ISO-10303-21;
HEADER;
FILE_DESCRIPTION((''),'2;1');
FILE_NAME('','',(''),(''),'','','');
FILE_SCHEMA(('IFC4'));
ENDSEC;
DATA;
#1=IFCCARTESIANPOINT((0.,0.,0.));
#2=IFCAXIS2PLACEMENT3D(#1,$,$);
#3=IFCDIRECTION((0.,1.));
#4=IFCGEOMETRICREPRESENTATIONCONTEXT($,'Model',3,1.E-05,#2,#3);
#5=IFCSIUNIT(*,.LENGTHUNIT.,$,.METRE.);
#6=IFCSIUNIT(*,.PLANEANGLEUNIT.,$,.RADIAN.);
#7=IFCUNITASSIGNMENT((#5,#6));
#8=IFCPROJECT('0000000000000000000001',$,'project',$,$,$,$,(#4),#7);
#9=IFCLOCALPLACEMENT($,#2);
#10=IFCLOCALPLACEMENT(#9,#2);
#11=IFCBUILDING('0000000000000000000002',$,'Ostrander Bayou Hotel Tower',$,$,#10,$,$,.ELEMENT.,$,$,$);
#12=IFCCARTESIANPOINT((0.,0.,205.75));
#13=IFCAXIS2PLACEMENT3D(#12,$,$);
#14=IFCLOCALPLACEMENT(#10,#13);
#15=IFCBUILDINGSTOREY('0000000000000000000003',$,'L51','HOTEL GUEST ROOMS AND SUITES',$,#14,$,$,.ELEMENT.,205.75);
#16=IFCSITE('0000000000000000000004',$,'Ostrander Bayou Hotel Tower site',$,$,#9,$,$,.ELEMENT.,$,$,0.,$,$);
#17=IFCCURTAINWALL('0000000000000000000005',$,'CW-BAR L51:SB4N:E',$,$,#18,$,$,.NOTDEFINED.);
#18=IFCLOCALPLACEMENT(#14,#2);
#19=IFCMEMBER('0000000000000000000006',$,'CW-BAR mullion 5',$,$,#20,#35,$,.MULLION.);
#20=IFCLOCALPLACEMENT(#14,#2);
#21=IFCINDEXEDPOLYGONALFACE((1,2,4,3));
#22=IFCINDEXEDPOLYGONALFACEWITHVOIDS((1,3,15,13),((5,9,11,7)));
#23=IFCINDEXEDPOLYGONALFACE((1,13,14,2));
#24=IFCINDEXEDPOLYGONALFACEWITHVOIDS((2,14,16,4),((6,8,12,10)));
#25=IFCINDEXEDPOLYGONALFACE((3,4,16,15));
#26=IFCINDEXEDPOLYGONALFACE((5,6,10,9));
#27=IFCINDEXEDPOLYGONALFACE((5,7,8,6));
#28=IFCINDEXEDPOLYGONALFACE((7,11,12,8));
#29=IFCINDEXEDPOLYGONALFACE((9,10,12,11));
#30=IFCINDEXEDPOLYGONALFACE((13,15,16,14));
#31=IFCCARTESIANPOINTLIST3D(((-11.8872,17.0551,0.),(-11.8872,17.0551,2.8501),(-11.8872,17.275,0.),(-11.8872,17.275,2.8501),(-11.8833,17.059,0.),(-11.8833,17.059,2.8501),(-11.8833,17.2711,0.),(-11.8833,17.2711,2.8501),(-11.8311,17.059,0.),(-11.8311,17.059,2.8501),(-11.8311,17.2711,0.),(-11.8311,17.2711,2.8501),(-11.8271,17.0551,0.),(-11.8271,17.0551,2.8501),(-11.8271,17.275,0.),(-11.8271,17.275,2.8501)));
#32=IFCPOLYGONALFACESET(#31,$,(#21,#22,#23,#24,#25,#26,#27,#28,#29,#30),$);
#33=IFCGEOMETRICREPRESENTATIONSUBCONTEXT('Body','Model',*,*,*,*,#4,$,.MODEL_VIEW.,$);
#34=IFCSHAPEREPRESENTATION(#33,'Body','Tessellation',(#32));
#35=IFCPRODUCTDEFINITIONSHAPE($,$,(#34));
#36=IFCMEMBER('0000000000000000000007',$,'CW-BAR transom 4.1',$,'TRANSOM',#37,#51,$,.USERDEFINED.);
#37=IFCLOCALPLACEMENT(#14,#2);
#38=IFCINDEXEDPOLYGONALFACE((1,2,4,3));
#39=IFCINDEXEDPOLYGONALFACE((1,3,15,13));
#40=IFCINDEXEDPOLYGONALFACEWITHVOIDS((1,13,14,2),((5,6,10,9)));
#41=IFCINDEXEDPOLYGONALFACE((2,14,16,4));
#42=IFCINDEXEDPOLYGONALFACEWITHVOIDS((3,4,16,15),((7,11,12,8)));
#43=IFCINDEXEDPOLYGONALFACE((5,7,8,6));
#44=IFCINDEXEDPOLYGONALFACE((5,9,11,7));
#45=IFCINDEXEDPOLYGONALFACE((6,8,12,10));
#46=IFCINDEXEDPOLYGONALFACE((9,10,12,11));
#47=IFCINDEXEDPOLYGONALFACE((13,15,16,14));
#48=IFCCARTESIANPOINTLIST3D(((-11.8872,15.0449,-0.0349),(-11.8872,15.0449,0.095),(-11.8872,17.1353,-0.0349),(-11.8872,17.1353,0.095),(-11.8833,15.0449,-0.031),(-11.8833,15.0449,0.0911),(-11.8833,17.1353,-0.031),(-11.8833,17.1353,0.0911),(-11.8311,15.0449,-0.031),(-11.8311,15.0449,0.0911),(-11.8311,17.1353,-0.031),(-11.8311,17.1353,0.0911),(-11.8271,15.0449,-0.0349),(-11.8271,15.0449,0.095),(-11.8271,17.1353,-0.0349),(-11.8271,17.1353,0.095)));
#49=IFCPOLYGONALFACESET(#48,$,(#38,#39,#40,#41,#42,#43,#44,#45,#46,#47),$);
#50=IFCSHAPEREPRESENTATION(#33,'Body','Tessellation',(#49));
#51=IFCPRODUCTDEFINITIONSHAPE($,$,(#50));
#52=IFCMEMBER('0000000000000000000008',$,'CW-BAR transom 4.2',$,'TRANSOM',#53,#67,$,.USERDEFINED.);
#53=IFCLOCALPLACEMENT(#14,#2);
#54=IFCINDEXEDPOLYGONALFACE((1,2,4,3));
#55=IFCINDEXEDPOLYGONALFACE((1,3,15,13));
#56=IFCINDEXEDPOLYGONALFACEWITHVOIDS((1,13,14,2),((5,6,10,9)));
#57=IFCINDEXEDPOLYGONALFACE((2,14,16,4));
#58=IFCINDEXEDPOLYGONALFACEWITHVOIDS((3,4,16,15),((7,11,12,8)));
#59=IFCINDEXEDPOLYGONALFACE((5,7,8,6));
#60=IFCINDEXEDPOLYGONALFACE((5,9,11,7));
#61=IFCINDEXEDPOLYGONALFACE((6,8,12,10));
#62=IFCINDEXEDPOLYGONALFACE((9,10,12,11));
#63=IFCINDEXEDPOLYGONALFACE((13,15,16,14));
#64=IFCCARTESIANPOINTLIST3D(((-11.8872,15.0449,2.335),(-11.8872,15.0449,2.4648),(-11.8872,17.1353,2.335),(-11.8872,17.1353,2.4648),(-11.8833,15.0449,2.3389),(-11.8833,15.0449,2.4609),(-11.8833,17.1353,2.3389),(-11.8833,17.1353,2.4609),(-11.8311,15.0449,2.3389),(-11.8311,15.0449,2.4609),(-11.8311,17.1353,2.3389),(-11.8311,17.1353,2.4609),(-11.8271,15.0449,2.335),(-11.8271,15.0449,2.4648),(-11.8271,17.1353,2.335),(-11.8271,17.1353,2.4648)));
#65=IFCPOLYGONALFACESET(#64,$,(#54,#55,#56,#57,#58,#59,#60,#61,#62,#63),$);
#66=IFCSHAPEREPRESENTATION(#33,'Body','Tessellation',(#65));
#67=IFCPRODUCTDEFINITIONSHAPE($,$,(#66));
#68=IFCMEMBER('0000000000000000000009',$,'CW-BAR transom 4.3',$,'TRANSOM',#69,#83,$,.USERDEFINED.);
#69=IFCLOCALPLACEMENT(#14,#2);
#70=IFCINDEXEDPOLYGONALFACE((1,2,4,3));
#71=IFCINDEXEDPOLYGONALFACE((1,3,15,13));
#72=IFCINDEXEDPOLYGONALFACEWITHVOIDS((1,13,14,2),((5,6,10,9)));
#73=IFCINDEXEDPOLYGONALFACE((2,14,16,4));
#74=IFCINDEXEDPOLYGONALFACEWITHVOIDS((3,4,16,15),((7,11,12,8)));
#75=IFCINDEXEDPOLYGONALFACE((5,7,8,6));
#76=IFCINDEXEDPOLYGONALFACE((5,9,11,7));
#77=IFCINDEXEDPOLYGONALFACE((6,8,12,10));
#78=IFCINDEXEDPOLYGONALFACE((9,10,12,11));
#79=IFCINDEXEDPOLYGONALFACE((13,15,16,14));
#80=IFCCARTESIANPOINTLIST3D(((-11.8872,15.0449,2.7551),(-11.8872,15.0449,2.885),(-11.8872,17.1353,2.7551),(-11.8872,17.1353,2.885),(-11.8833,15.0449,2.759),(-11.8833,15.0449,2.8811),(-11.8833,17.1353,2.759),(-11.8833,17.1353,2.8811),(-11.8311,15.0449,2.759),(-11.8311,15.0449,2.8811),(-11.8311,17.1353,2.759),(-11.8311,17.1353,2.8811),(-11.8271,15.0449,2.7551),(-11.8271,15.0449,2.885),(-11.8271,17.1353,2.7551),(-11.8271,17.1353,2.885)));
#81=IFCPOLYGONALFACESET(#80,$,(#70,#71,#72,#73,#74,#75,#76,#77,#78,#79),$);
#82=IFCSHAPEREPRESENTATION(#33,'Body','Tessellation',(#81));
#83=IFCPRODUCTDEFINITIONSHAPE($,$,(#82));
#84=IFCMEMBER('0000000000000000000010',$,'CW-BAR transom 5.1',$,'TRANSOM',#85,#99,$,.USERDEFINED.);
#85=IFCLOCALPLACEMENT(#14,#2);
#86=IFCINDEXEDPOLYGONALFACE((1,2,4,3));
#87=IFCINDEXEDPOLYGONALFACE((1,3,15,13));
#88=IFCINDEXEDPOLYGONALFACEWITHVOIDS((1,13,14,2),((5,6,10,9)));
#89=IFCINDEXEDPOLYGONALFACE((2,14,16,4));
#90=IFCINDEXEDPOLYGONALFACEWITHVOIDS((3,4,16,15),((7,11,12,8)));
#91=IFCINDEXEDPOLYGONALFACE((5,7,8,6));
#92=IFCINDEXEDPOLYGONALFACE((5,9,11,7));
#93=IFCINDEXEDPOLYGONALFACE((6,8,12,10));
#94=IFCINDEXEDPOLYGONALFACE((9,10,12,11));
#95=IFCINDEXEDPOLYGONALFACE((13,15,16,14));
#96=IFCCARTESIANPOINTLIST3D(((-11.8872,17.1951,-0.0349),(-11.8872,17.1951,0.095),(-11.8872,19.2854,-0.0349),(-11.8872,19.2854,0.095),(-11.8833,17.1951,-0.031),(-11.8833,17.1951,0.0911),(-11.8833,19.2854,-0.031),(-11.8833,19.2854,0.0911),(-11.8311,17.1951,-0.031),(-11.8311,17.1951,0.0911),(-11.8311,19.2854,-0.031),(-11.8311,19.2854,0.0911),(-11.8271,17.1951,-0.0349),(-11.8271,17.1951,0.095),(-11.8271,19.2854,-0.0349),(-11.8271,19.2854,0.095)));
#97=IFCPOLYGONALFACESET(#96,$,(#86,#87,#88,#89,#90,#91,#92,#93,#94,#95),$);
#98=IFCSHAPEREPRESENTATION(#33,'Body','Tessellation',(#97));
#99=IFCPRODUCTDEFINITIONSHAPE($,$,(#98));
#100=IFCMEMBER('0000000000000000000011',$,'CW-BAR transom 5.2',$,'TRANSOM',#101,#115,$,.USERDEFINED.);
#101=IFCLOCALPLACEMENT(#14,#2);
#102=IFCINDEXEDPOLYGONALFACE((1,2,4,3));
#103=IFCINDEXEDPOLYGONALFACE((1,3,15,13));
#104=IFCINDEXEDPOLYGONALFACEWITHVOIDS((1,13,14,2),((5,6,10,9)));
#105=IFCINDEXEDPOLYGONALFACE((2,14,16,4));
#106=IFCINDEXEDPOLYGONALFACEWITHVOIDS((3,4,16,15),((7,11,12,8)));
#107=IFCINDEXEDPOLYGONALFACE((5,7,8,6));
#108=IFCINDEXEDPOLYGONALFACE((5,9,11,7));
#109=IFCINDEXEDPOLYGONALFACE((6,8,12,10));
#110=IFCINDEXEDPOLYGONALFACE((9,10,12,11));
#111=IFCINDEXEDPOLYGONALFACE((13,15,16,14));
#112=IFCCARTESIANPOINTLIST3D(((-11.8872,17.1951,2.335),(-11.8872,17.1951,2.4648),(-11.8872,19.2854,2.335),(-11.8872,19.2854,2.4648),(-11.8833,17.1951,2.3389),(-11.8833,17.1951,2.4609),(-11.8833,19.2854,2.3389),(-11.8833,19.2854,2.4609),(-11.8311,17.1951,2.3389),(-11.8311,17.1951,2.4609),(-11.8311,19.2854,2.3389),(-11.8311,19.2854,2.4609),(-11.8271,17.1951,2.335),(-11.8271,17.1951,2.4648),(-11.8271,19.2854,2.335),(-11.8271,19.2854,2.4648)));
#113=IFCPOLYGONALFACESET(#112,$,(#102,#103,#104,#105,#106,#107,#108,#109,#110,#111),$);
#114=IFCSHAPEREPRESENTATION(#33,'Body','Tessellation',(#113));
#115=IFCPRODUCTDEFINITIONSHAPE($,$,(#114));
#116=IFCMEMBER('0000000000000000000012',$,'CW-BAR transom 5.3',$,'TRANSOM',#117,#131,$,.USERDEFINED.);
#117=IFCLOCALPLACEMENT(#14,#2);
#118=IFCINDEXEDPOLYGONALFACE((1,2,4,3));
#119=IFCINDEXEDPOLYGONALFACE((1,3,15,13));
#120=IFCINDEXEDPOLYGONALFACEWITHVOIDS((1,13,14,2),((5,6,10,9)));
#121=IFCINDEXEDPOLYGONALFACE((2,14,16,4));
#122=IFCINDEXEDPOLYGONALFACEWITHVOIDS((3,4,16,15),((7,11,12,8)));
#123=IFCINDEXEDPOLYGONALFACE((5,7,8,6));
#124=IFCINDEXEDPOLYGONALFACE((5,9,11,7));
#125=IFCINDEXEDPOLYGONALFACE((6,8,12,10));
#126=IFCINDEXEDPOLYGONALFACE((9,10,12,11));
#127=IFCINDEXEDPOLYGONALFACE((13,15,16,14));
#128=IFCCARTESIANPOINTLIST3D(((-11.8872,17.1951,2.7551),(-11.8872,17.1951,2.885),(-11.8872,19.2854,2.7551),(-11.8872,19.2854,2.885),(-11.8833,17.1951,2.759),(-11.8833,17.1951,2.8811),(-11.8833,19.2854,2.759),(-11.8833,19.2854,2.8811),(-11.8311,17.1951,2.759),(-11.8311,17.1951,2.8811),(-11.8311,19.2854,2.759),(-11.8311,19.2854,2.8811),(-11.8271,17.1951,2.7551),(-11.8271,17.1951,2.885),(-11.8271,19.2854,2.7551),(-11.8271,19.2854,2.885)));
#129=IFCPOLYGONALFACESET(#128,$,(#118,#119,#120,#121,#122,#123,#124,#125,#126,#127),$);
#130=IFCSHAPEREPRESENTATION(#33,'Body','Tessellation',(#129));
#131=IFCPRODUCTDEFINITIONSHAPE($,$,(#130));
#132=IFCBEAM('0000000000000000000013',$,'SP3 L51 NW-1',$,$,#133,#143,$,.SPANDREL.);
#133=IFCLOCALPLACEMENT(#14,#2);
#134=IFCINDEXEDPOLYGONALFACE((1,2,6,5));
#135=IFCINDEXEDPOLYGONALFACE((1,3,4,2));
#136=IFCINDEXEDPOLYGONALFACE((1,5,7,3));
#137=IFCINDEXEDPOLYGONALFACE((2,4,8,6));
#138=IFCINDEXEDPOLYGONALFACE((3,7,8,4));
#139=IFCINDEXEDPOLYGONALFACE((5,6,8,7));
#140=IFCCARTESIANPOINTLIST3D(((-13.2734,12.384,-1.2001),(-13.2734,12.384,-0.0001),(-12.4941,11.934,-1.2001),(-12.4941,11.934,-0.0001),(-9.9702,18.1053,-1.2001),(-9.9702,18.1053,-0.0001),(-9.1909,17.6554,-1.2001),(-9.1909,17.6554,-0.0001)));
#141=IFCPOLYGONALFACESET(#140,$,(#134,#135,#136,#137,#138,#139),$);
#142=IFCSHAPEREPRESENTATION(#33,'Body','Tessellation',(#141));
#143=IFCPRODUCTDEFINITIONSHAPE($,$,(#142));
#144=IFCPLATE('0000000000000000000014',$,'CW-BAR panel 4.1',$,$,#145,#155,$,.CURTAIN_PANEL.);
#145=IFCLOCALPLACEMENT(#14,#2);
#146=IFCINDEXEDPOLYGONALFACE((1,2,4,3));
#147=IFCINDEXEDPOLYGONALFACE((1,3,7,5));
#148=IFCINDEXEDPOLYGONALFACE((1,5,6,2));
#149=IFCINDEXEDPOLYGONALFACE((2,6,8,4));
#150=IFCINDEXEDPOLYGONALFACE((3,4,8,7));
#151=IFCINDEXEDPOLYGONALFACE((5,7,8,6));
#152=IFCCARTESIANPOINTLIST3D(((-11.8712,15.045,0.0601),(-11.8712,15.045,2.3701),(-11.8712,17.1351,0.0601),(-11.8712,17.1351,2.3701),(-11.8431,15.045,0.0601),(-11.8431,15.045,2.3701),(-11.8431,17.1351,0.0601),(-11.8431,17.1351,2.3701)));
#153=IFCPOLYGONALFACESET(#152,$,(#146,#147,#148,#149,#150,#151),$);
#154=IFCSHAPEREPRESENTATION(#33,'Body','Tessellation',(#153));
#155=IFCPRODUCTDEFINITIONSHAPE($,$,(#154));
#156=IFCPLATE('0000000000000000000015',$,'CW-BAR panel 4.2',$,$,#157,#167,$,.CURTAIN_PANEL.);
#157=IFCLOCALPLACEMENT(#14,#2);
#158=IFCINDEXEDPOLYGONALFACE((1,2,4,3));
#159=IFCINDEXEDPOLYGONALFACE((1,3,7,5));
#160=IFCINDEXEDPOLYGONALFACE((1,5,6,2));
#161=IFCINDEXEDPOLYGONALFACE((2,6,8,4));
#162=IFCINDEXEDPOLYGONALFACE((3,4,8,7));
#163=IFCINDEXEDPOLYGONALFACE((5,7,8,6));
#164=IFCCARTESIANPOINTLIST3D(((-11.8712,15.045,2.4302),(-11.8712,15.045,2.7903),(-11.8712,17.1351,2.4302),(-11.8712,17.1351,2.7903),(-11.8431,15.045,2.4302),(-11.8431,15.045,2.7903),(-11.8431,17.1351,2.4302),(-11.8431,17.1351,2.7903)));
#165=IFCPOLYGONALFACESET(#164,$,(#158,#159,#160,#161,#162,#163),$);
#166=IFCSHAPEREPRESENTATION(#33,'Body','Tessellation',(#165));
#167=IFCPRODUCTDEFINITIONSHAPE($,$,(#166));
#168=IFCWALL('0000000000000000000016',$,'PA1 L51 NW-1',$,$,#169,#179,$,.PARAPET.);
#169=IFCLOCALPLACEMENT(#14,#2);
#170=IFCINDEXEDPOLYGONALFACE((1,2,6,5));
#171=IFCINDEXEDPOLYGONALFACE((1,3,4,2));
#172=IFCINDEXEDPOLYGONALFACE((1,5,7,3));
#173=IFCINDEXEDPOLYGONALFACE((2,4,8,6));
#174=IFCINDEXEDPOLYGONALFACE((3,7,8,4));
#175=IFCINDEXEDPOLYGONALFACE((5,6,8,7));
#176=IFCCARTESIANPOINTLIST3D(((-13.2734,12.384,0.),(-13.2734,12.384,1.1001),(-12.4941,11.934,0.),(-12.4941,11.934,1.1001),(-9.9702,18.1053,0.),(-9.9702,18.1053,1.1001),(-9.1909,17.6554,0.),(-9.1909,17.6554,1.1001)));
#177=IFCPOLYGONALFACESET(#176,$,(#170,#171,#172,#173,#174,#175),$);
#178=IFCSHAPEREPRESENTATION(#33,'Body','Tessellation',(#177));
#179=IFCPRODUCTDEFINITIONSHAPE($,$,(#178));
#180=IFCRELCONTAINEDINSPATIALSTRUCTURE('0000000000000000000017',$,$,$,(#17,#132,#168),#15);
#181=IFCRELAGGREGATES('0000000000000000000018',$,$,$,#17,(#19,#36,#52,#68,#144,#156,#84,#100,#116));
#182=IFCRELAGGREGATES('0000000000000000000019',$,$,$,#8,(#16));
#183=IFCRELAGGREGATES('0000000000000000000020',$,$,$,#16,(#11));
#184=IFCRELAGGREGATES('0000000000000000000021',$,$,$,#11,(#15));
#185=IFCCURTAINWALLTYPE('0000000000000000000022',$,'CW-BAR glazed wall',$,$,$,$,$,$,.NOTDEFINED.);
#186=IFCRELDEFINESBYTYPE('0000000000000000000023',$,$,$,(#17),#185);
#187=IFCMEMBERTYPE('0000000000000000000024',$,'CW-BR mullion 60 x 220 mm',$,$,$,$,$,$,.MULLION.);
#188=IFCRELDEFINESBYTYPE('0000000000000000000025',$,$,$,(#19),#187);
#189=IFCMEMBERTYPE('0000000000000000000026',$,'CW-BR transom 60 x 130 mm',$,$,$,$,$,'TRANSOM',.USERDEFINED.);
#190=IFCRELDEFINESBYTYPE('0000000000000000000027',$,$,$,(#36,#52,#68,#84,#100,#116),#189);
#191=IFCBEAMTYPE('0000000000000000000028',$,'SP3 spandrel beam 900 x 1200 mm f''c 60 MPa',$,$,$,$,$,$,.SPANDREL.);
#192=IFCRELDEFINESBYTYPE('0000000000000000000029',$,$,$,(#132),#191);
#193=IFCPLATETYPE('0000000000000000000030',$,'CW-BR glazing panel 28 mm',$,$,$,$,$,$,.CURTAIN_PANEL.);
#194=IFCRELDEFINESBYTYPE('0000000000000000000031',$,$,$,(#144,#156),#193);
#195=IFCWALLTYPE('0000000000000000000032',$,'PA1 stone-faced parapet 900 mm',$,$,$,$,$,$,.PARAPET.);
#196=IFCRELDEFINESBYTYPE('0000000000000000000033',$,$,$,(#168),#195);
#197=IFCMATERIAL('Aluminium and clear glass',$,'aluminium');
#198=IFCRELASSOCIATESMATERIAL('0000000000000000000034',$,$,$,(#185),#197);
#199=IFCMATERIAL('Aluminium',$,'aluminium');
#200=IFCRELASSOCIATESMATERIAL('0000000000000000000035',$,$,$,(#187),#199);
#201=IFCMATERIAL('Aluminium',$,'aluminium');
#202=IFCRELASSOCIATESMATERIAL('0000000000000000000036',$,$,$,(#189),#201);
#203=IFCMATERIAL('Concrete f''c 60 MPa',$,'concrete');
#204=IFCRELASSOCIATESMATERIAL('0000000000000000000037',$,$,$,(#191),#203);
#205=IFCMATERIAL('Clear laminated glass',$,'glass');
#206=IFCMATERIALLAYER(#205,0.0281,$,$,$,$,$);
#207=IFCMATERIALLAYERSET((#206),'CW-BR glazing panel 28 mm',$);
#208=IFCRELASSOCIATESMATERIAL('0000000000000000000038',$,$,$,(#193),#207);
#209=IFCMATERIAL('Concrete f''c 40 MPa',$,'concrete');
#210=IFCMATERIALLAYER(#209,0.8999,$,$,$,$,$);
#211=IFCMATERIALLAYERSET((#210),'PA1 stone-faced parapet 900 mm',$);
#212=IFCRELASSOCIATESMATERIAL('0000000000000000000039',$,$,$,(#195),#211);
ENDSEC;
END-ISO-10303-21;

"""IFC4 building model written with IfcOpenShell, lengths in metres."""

from ifc_helpers import new_model, si_unit, direction, frame, frame_2d, origin, origin_2d, place, context, subcontext, project, spatial, rectangle, hollow_rectangle, extrude, material, layer, layer_set, material_profile, profile_set, type_object, element, aggregate, save


model = new_model("IFC4")

# Units and contexts
model_context = context("Model", 3, precision=1e-05, world=origin(), true_north=direction((0.0, 1.0)))
body_context = subcontext(model_context, "Body", "Model", "MODEL_VIEW")
ifc_project = project(units=[si_unit("LENGTHUNIT", "METRE"), si_unit("PLANEANGLEUNIT", "RADIAN")], contexts=[model_context])

# Site, building, storey
site_placement = place(None, origin())
site = spatial("IfcSite", under=ifc_project, at=site_placement, Name="Ostrander Bayou Hotel Tower site", CompositionType="ELEMENT", RefElevation=0.0)
building_placement = place(site_placement, origin())
building = spatial("IfcBuilding", under=site, at=building_placement, Name="Ostrander Bayou Hotel Tower", CompositionType="ELEMENT")
storey_placement = place(building_placement, frame((0.0, 0.0, 205.75)))
storey = spatial("IfcBuildingStorey", under=building, at=storey_placement, Name="L51", Description="HOTEL GUEST ROOMS AND SUITES", CompositionType="ELEMENT", Elevation=205.75)

# Curtain wall, members
ifc_material_1 = material(Name="Aluminium and clear glass", Category="aluminium")
curtain_wall_type = type_object("IfcCurtainWallType", Name="CW-BAR glazed wall", PredefinedType="NOTDEFINED", material=ifc_material_1)
curtain_wall_placement = place(storey_placement, origin())
curtain_wall = element("IfcCurtainWall", 1, at=curtain_wall_placement, inside=storey, type_object=curtain_wall_type, Name="CW-BAR L51:SB4N:E", PredefinedType="NOTDEFINED")
ifc_material_2 = material(Name="Aluminium", Category="aluminium")
ifc_material_profile_1 = material_profile(ifc_material_2, hollow_rectangle(XDim=0.0601, YDim=0.22, WallThickness=0.0039, at=origin_2d()))
ifc_profile_set_1 = profile_set([ifc_material_profile_1], Name="Aluminium")
member_type_1 = type_object("IfcMemberType", Name="CW-BR mullion 60 x 220 mm", PredefinedType="MULLION", material=ifc_profile_set_1)
member_1_placement = place(storey_placement, frame((-11.8572, 17.165, 0.0), z_axis=(0.0, 0.0, 1.0), x_axis=(-1.0, 0.0, 0.0)))
member_1 = element("IfcMember", 2, at=member_1_placement, type_object=member_type_1, Name="CW-BAR mullion 5", PredefinedType="MULLION", context=body_context, shape_type="SweptSolid", body=[
    extrude(hollow_rectangle(XDim=0.0601, YDim=0.22, WallThickness=0.0039, at=origin_2d()), origin(), (0.0, 0.0, 1.0), 2.8501),
])
ifc_material_3 = material(Name="Aluminium", Category="aluminium")
ifc_material_profile_2 = material_profile(ifc_material_3, hollow_rectangle(XDim=0.0601, YDim=0.1299, WallThickness=0.0039, at=origin_2d()))
ifc_profile_set_2 = profile_set([ifc_material_profile_2], Name="Aluminium")
member_type_2 = type_object("IfcMemberType", Name="CW-BR transom 60 x 130 mm", ElementType="TRANSOM", PredefinedType="USERDEFINED", material=ifc_profile_set_2)
member_2_placement = place(storey_placement, frame((-11.8572, 15.0449, 0.03), z_axis=(0.0, 1.0, 0.0), x_axis=(-1.0, 0.0, 0.0)))
member_2 = element("IfcMember", 3, at=member_2_placement, type_object=member_type_2, Name="CW-BAR transom 4.1", ObjectType="TRANSOM", PredefinedType="USERDEFINED", context=body_context, shape_type="SweptSolid", body=[
    extrude(hollow_rectangle(XDim=0.0601, YDim=0.1299, WallThickness=0.0039, at=origin_2d()), origin(), (0.0, 0.0, 1.0), 2.0903),
])
member_3_placement = place(storey_placement, frame((-11.8572, 15.0449, 2.3999), z_axis=(0.0, 1.0, 0.0), x_axis=(-1.0, 0.0, 0.0)))
member_3 = element("IfcMember", 4, at=member_3_placement, type_object=member_type_2, Name="CW-BAR transom 4.2", ObjectType="TRANSOM", PredefinedType="USERDEFINED", context=body_context, shape_type="SweptSolid", body=[
    extrude(hollow_rectangle(XDim=0.0601, YDim=0.1299, WallThickness=0.0039, at=origin_2d()), origin(), (0.0, 0.0, 1.0), 2.0903),
])
member_4_placement = place(storey_placement, frame((-11.8572, 15.0449, 2.8201), z_axis=(0.0, 1.0, 0.0), x_axis=(-1.0, 0.0, 0.0)))
member_4 = element("IfcMember", 5, at=member_4_placement, type_object=member_type_2, Name="CW-BAR transom 4.3", ObjectType="TRANSOM", PredefinedType="USERDEFINED", context=body_context, shape_type="SweptSolid", body=[
    extrude(hollow_rectangle(XDim=0.0601, YDim=0.1299, WallThickness=0.0039, at=origin_2d()), origin(), (0.0, 0.0, 1.0), 2.0903),
])
member_5_placement = place(storey_placement, frame((-11.8572, 17.1951, 0.03), z_axis=(0.0, 1.0, 0.0), x_axis=(-1.0, 0.0, 0.0)))
member_5 = element("IfcMember", 6, at=member_5_placement, type_object=member_type_2, Name="CW-BAR transom 5.1", ObjectType="TRANSOM", PredefinedType="USERDEFINED", context=body_context, shape_type="SweptSolid", body=[
    extrude(hollow_rectangle(XDim=0.0601, YDim=0.1299, WallThickness=0.0039, at=origin_2d()), origin(), (0.0, 0.0, 1.0), 2.0903),
])
member_6_placement = place(storey_placement, frame((-11.8572, 17.1951, 2.3999), z_axis=(0.0, 1.0, 0.0), x_axis=(-1.0, 0.0, 0.0)))
member_6 = element("IfcMember", 7, at=member_6_placement, type_object=member_type_2, Name="CW-BAR transom 5.2", ObjectType="TRANSOM", PredefinedType="USERDEFINED", context=body_context, shape_type="SweptSolid", body=[
    extrude(hollow_rectangle(XDim=0.0601, YDim=0.1299, WallThickness=0.0039, at=origin_2d()), origin(), (0.0, 0.0, 1.0), 2.0903),
])
member_7_placement = place(storey_placement, frame((-11.8572, 17.1951, 2.8201), z_axis=(0.0, 1.0, 0.0), x_axis=(-1.0, 0.0, 0.0)))
member_7 = element("IfcMember", 8, at=member_7_placement, type_object=member_type_2, Name="CW-BAR transom 5.3", ObjectType="TRANSOM", PredefinedType="USERDEFINED", context=body_context, shape_type="SweptSolid", body=[
    extrude(hollow_rectangle(XDim=0.0601, YDim=0.1299, WallThickness=0.0039, at=origin_2d()), origin(), (0.0, 0.0, 1.0), 2.0903),
])

# Beam
ifc_material_4 = material(Name="Concrete f'c 60 MPa", Category="concrete")
ifc_material_profile_3 = material_profile(ifc_material_4, rectangle(XDim=0.8999, YDim=1.2, at=origin_2d()))
ifc_profile_set_3 = profile_set([ifc_material_profile_3], Name="Concrete f'c 60 MPa")
beam_type = type_object("IfcBeamType", Name="SP3 spandrel beam 900 x 1200 mm f'c 60 MPa", PredefinedType="SPANDREL", material=ifc_profile_set_3)
beam_placement = place(storey_placement, frame((-9.5806, 17.8804, -0.6001), z_axis=(-0.499994, -0.866029, 0.0), x_axis=(0.866029, -0.499994, 0.0)))
element("IfcBeam", 9, at=beam_placement, inside=storey, type_object=beam_type, Name="SP3 L51 NW-1", PredefinedType="SPANDREL", context=body_context, shape_type="SweptSolid", body=[
    extrude(rectangle(XDim=0.8999, YDim=1.2, at=origin_2d()), origin(), (0.0, 0.0, 1.0), 6.6064),
])

# Plates
ifc_material_5 = material(Name="Clear laminated glass", Category="glass")
ifc_layer_1 = layer(ifc_material_5, 0.0281)
ifc_layer_set_1 = layer_set([ifc_layer_1], Name="CW-BR glazing panel 28 mm")
plate_type = type_object("IfcPlateType", Name="CW-BR glazing panel 28 mm", PredefinedType="CURTAIN_PANEL", material=ifc_layer_set_1)
plate_1_placement = place(storey_placement, frame((-11.8572, 16.0901, 0.0601), z_axis=(0.0, 0.0, 1.0), x_axis=(0.0, 1.0, 0.0)))
plate_1 = element("IfcPlate", 10, at=plate_1_placement, type_object=plate_type, Name="CW-BAR panel 4.1", PredefinedType="CURTAIN_PANEL", context=body_context, shape_type="SweptSolid", body=[
    extrude(rectangle(XDim=2.0901, YDim=0.0281, at=origin_2d()), origin(), (0.0, 0.0, 1.0), 2.3101),
])
plate_2_placement = place(storey_placement, frame((-11.8572, 16.0901, 2.4302), z_axis=(0.0, 0.0, 1.0), x_axis=(0.0, 1.0, 0.0)))
plate_2 = element("IfcPlate", 11, at=plate_2_placement, type_object=plate_type, Name="CW-BAR panel 4.2", PredefinedType="CURTAIN_PANEL", context=body_context, shape_type="SweptSolid", body=[
    extrude(rectangle(XDim=2.0901, YDim=0.0281, at=origin_2d()), origin(), (0.0, 0.0, 1.0), 0.3601),
])
aggregate(curtain_wall, [member_1, member_2, member_3, member_4, plate_1, plate_2, member_5, member_6, member_7])

# Wall
ifc_material_6 = material(Name="Concrete f'c 40 MPa", Category="concrete")
ifc_layer_2 = layer(ifc_material_6, 0.8999)
ifc_layer_set_2 = layer_set([ifc_layer_2], Name="PA1 stone-faced parapet 900 mm")
wall_type_1 = type_object("IfcWallType", Name="PA1 stone-faced parapet 900 mm", PredefinedType="PARAPET", material=ifc_layer_set_2)
wall_1_placement = place(storey_placement, frame((-9.5806, 17.8804, 0.0), z_axis=(0.0, 0.0, 1.0), x_axis=(-0.499994, -0.866029, 0.0)))
element("IfcWall", 12, at=wall_1_placement, inside=storey, type_object=wall_type_1, Name="PA1 L51 NW-1", PredefinedType="PARAPET", context=body_context, shape_type="SweptSolid", body=[
    extrude(rectangle(XDim=6.6064, YDim=0.8999, at=frame_2d((3.3032, 0.0))), origin(), (0.0, 0.0, 1.0), 1.1001),
])

save(model, "model.ifc")
